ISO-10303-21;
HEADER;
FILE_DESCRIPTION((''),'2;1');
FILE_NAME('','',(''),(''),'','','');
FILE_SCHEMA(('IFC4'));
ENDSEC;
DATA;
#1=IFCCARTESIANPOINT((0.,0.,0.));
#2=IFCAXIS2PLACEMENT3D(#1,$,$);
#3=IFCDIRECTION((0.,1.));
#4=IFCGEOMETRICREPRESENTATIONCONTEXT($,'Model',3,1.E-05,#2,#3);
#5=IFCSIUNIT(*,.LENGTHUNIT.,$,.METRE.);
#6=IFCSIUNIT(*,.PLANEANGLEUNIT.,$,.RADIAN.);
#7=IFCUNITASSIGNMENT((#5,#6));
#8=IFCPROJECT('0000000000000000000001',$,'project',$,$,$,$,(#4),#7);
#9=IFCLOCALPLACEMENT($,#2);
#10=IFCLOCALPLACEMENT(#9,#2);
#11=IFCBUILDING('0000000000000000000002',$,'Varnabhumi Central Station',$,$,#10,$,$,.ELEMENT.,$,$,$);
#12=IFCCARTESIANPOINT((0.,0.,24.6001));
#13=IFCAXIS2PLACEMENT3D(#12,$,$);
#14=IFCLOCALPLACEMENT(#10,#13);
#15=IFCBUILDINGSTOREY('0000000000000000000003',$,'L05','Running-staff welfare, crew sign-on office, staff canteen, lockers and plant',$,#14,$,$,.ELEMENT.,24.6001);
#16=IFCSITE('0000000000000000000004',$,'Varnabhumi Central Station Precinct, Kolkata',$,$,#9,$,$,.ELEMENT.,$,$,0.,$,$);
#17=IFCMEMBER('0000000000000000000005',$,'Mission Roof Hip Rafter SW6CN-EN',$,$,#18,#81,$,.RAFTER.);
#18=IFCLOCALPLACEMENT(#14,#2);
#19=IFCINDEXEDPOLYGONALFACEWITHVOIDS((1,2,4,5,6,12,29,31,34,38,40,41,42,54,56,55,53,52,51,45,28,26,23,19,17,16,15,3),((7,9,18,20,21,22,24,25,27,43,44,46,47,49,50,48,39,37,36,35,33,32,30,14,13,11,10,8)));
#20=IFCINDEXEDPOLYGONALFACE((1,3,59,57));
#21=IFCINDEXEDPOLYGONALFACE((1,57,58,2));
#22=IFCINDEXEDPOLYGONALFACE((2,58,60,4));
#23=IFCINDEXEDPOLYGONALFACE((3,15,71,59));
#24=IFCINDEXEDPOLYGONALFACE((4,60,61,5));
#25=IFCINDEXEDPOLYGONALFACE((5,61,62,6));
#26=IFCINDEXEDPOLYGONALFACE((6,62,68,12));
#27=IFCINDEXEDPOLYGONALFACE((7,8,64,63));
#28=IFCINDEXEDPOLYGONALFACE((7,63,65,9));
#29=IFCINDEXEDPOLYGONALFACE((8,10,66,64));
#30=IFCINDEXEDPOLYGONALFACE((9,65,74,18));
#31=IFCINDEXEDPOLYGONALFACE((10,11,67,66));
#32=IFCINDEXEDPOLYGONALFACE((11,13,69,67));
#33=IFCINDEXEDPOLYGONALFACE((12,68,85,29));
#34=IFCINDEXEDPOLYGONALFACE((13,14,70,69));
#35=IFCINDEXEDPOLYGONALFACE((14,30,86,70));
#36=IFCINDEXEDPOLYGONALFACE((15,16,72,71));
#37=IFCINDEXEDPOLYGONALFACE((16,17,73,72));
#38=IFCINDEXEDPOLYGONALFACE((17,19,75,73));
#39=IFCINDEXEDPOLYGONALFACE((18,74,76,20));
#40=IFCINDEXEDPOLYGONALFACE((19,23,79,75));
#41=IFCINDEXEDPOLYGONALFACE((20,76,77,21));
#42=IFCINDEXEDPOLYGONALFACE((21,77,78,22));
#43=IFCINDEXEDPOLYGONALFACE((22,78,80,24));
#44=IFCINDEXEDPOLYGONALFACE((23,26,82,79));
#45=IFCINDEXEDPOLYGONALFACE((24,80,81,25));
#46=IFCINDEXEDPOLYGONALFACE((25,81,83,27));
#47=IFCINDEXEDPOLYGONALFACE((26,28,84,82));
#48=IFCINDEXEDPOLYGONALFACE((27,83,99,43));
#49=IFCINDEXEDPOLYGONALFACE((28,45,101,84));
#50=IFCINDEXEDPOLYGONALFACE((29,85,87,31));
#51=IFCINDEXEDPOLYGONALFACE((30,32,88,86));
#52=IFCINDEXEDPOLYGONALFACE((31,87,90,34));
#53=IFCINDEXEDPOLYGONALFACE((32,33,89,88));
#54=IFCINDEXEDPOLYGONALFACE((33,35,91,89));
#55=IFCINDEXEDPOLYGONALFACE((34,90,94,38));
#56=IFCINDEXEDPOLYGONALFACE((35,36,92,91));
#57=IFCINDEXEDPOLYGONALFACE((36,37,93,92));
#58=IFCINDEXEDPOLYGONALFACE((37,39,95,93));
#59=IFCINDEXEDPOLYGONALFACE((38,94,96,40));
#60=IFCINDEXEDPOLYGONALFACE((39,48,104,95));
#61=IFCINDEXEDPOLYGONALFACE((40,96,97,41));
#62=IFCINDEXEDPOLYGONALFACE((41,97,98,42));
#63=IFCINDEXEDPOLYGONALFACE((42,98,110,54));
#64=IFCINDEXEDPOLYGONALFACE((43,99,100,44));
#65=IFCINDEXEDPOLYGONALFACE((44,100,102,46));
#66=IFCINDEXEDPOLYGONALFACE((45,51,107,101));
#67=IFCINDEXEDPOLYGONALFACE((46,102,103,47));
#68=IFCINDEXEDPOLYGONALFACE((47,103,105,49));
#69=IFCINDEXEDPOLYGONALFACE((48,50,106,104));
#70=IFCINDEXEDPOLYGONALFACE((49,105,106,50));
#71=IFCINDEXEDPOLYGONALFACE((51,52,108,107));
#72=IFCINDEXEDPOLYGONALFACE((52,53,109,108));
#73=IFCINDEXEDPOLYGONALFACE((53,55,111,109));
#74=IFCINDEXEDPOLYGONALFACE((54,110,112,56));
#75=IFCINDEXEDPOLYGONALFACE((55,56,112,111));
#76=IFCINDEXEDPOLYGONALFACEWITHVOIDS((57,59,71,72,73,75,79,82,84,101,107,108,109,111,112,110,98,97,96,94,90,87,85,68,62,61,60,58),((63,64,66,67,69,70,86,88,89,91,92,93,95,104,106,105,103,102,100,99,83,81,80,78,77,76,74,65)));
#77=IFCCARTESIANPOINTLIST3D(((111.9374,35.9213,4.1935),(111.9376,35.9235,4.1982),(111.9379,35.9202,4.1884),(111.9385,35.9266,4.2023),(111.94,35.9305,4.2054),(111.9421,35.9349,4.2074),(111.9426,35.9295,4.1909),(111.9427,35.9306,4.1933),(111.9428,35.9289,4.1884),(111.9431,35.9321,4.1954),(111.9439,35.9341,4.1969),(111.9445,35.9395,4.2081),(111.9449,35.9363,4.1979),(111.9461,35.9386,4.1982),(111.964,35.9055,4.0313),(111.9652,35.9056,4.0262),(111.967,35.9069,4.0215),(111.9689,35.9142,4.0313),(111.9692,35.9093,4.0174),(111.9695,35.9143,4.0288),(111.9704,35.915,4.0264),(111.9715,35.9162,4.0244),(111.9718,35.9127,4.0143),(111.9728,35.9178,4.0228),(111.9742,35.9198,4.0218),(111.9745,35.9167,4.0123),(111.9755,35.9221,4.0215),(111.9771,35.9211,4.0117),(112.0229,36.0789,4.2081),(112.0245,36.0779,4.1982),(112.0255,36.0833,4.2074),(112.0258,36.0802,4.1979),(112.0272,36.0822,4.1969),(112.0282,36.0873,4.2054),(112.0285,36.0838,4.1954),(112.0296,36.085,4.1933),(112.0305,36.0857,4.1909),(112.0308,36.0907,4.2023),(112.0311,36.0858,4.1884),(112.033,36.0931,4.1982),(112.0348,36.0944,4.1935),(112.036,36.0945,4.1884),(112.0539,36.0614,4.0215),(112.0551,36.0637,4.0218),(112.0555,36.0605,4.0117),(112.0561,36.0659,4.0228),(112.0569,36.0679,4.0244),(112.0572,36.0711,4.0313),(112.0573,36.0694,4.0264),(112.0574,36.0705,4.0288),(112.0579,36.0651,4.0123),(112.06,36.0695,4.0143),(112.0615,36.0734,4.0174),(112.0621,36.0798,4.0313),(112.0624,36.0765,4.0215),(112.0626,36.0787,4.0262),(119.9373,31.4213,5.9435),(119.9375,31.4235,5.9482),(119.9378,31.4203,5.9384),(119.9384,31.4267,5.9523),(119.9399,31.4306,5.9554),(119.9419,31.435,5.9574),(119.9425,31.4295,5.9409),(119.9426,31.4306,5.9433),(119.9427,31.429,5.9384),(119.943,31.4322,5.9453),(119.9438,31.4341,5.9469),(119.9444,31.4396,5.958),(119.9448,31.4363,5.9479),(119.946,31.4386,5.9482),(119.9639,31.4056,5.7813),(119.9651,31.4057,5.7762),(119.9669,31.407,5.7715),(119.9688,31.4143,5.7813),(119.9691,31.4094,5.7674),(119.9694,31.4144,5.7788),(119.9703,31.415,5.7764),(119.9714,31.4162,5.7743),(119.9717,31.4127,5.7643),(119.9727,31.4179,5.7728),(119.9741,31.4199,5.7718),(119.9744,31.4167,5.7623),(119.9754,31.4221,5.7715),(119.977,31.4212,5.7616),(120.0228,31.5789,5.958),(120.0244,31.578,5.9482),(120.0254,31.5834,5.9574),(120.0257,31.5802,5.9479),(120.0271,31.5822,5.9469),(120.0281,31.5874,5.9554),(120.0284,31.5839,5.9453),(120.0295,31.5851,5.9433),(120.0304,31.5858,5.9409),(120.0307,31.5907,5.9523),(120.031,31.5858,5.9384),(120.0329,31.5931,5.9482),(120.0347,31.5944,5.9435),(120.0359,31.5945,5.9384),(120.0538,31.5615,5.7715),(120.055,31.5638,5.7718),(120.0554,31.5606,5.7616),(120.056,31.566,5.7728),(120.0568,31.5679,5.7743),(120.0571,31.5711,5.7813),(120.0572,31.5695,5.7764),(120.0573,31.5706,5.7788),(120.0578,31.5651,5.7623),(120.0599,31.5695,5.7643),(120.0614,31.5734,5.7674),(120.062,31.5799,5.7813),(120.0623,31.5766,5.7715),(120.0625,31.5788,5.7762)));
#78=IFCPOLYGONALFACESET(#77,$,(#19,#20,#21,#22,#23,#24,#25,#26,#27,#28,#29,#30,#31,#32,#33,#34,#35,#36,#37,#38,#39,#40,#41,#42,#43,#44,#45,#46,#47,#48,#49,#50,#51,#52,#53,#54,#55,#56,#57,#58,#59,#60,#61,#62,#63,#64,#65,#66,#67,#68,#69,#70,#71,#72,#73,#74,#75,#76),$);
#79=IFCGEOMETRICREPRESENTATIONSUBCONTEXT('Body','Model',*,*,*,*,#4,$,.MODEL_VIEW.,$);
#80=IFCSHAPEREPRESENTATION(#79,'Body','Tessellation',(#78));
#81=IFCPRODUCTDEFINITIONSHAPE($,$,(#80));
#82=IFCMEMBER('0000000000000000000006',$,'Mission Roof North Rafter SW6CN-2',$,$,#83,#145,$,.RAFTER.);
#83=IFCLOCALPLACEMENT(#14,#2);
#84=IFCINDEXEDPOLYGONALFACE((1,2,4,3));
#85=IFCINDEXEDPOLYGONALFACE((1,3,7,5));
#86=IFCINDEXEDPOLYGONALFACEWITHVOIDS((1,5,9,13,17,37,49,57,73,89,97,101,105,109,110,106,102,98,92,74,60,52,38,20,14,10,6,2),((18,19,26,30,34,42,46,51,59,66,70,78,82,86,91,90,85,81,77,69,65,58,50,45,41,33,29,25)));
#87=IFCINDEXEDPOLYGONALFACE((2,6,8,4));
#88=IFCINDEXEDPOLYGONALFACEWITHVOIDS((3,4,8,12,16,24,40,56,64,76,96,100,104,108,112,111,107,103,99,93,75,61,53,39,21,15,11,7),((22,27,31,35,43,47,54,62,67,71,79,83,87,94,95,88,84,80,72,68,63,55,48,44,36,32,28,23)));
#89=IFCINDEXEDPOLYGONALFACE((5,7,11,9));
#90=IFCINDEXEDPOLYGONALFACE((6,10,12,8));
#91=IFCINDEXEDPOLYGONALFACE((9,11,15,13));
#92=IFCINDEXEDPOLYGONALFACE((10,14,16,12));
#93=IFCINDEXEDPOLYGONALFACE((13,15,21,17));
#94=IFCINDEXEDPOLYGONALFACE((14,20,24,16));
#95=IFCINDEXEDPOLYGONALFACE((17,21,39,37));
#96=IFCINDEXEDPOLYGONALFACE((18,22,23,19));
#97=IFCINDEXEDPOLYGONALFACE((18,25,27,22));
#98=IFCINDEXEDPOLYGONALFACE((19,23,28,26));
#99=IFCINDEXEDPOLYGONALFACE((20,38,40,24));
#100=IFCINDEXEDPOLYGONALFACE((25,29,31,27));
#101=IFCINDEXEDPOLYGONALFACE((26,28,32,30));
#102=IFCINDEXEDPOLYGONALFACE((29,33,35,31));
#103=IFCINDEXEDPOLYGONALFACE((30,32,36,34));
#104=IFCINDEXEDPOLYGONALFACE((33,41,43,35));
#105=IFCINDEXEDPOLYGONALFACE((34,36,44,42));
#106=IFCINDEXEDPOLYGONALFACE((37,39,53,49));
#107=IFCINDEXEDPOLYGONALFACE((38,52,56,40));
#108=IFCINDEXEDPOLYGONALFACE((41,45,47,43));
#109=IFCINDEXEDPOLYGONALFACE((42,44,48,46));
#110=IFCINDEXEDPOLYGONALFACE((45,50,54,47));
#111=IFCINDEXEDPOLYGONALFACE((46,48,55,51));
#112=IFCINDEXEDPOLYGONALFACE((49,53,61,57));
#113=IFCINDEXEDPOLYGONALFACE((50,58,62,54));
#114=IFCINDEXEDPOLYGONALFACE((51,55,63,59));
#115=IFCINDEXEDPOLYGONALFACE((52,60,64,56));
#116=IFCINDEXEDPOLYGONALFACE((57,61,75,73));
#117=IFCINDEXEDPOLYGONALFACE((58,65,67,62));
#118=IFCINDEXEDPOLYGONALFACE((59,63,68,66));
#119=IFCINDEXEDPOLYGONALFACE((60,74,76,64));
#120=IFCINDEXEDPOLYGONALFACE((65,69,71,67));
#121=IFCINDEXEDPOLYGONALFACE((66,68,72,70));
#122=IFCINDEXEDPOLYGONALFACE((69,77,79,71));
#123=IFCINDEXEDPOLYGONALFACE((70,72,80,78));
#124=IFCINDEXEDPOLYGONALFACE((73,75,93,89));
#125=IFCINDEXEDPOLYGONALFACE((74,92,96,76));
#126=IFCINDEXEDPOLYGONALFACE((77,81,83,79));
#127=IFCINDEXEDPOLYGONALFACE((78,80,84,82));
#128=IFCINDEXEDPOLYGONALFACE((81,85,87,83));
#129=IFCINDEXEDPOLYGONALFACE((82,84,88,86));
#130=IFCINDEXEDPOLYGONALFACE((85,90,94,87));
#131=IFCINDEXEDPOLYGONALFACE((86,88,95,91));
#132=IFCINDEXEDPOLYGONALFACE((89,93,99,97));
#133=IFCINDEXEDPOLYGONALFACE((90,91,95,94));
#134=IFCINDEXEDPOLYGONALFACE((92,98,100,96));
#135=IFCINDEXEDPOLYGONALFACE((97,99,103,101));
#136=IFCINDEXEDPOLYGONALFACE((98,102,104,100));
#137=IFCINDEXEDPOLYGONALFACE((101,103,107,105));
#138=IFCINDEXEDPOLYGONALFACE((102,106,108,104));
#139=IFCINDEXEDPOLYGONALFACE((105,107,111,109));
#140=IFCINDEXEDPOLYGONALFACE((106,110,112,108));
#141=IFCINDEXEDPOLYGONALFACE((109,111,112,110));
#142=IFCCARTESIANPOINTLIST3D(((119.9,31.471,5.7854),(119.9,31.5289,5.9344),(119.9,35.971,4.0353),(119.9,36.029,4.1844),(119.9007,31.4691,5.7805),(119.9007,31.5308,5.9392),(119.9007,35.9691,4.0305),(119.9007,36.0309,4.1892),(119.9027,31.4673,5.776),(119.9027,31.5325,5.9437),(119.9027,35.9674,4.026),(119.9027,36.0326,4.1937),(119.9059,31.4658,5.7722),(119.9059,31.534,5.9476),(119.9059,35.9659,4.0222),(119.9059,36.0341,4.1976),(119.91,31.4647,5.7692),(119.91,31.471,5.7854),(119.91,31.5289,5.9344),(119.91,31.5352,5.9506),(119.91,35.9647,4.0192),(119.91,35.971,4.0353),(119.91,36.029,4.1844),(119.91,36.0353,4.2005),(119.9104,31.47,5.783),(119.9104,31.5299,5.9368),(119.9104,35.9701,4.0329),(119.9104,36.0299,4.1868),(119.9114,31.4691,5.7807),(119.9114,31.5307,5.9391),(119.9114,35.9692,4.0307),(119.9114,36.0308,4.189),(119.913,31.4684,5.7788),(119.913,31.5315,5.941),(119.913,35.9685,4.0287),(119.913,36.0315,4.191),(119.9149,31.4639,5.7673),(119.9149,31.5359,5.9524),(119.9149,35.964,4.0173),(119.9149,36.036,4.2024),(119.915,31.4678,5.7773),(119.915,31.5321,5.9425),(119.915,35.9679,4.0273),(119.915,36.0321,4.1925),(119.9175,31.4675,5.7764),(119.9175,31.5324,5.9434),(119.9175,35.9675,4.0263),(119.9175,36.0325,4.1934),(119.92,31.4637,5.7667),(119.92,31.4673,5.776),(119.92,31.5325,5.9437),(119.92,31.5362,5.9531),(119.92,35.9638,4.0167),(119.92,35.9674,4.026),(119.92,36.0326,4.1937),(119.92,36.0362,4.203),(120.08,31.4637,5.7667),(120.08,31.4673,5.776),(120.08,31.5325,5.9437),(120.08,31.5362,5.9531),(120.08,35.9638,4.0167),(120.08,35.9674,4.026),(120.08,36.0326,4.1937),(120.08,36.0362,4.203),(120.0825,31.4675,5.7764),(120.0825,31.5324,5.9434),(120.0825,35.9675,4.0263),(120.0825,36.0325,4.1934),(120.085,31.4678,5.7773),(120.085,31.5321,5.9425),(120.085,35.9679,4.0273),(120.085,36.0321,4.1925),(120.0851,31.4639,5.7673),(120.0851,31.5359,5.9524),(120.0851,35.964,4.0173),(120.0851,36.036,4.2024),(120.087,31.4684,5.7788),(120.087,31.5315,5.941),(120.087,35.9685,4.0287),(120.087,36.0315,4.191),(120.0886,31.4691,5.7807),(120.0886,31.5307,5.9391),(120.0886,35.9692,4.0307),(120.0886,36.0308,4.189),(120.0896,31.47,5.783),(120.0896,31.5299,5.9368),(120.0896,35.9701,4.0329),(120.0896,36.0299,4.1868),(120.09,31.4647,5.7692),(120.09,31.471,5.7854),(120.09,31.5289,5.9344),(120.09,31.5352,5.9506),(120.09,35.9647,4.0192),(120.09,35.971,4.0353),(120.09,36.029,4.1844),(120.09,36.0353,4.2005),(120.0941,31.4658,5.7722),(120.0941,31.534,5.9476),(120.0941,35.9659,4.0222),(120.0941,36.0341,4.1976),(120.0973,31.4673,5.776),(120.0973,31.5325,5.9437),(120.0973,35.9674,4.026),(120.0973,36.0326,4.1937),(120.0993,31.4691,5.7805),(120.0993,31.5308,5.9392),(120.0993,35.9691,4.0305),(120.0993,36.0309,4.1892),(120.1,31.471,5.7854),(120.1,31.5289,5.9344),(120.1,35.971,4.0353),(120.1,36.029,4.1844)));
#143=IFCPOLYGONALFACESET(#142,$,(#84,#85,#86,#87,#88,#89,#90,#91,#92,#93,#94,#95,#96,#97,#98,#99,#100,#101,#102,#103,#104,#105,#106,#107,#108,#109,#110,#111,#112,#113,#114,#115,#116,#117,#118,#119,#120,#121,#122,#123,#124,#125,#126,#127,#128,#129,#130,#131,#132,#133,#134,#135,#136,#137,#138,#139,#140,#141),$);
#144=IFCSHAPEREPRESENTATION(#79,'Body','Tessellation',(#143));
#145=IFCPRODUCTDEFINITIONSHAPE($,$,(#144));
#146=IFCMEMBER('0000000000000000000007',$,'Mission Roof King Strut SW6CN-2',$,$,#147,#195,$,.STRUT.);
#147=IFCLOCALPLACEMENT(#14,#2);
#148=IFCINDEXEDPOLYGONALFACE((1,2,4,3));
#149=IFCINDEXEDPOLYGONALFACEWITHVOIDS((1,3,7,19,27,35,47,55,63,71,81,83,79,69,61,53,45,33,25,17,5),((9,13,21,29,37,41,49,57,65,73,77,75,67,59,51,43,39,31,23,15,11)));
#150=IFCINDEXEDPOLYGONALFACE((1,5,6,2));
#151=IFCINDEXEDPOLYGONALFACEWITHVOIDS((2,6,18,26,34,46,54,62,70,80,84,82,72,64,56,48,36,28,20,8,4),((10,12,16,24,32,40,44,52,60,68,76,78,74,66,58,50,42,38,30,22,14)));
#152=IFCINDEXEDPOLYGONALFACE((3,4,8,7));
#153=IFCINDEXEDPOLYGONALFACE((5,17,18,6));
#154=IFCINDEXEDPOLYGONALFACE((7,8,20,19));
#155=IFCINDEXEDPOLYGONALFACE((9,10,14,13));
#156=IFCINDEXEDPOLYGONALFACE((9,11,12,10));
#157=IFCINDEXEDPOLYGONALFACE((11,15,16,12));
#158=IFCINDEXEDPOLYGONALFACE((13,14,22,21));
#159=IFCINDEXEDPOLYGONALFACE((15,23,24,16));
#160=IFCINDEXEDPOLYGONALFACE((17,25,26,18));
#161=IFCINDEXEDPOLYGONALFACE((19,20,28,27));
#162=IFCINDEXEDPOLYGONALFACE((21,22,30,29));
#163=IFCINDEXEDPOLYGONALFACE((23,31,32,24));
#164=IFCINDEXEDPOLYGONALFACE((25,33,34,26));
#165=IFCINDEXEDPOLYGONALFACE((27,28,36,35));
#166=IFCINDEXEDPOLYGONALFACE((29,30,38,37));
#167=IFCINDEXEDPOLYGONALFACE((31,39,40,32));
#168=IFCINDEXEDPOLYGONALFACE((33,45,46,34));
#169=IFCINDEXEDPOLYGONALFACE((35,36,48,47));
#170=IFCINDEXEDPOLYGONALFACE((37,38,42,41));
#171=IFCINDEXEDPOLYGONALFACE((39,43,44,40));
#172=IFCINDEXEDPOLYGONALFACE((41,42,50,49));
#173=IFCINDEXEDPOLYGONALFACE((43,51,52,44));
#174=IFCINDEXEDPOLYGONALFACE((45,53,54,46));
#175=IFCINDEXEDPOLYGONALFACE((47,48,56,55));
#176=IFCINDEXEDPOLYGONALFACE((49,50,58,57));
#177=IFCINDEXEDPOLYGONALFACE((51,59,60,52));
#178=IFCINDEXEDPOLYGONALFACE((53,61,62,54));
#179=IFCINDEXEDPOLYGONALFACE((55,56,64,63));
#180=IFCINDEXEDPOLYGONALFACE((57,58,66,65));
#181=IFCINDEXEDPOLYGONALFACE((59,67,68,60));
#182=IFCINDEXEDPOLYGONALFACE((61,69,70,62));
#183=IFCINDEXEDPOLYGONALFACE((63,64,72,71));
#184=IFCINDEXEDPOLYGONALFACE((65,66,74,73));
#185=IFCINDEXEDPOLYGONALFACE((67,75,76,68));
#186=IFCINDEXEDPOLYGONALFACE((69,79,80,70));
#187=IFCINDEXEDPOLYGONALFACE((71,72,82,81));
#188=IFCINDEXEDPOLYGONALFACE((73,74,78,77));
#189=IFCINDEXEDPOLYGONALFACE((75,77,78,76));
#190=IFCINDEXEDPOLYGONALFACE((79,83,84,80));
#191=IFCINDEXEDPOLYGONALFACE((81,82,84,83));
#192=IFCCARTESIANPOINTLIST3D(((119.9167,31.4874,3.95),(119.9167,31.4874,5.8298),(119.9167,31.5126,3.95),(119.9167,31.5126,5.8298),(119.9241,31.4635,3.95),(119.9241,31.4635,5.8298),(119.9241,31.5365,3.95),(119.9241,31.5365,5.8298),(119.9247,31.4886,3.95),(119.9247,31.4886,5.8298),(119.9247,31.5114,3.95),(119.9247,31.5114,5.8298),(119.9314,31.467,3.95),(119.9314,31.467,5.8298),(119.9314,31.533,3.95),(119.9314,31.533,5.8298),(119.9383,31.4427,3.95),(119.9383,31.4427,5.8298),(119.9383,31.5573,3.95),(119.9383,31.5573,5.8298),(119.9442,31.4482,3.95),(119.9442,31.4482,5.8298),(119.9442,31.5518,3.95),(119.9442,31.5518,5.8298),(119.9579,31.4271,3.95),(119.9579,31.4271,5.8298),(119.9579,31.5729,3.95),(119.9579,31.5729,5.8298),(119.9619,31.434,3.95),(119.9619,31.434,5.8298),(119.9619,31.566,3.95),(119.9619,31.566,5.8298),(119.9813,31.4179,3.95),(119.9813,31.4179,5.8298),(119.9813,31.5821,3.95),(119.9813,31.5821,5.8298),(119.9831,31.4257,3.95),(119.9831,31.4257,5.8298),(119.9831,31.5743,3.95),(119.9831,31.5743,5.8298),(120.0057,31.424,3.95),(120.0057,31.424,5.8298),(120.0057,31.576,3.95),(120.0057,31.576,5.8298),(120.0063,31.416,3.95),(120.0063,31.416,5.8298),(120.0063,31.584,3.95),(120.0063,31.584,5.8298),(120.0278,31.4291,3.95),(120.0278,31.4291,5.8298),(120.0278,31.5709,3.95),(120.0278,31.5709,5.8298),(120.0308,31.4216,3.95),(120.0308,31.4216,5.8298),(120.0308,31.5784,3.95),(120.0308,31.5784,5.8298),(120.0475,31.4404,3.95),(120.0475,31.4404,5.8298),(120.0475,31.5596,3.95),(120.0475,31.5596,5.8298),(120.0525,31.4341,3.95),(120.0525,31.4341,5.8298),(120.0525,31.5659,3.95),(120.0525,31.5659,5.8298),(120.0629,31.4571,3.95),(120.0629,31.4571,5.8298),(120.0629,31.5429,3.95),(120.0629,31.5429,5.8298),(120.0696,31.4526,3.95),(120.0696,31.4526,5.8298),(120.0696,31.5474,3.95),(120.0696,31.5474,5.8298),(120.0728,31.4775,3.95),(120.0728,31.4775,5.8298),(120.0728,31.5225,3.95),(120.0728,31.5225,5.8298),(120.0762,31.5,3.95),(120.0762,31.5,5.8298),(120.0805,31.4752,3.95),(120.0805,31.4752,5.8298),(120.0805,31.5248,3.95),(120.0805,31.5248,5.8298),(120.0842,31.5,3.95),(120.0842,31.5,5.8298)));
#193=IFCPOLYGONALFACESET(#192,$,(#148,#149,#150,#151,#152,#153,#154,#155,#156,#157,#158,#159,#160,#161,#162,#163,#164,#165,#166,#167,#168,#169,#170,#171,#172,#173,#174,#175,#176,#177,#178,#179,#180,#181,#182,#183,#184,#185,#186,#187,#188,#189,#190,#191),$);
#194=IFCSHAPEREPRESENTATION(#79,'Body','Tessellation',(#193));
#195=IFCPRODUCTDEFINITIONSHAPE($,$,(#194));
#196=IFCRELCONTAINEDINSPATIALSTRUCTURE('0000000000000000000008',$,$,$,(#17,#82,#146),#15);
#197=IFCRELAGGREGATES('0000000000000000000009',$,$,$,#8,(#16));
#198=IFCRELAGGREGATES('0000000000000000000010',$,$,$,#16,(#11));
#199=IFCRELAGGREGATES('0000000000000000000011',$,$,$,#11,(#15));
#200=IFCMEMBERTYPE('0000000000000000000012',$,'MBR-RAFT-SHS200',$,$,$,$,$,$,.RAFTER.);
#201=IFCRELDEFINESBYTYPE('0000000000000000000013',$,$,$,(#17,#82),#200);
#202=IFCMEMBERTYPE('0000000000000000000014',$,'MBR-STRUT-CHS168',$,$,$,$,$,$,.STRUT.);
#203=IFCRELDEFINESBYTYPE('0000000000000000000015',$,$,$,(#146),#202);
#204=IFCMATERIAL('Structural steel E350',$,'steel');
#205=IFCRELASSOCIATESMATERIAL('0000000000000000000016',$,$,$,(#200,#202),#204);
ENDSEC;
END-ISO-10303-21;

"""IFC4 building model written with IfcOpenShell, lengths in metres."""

from ifc_helpers import new_model, si_unit, direction, frame, origin, origin_2d, place, context, subcontext, project, spatial, hollow_rectangle, hollow_circle, extrude, material, material_profile, profile_set, type_object, element, save


model = new_model("IFC4")

# Units and contexts
model_context = context("Model", 3, precision=1e-05, world=origin(), true_north=direction((0.0, 1.0)))
body_context = subcontext(model_context, "Body", "Model", "MODEL_VIEW")
ifc_project = project(units=[si_unit("LENGTHUNIT", "METRE"), si_unit("PLANEANGLEUNIT", "RADIAN")], contexts=[model_context])

# Site, building, storey
site_placement = place(None, origin())
site = spatial("IfcSite", under=ifc_project, at=site_placement, Name="Varnabhumi Central Station Precinct, Kolkata", CompositionType="ELEMENT", RefElevation=0.0)
building_placement = place(site_placement, origin())
building = spatial("IfcBuilding", under=site, at=building_placement, Name="Varnabhumi Central Station", CompositionType="ELEMENT")
storey_placement = place(building_placement, frame((0.0, 0.0, 24.6001)))
storey = spatial("IfcBuildingStorey", under=building, at=storey_placement, Name="L05", Description="Running-staff welfare, crew sign-on office, staff canteen, lockers and plant", CompositionType="ELEMENT", Elevation=24.6001)

# Shared definitions
ifc_material_1 = material(Name="Structural steel E350", Category="steel")

# Members
ifc_material_profile_1 = material_profile(ifc_material_1, hollow_rectangle(XDim=0.2, YDim=0.2, WallThickness=0.01, InnerFilletRadius=0.01, OuterFilletRadius=0.02, at=origin_2d()), Name="Structural steel E350", Category="steel")
ifc_profile_set_1 = profile_set([ifc_material_profile_1], Name="Structural steel E350")
member_type_1 = type_object("IfcMemberType", Name="MBR-RAFT-SHS200", PredefinedType="RAFTER", material=ifc_profile_set_1)
member_1_placement = place(storey_placement, frame((112.0, 36.0, 4.1099), z_axis=(0.856154, -0.481586, 0.187284), x_axis=(0.490261, 0.871576, 0.0)))
element("IfcMember", 1, at=member_1_placement, inside=storey, type_object=member_type_1, Name="Mission Roof Hip Rafter SW6CN-EN", PredefinedType="RAFTER", context=body_context, shape_type="SweptSolid", body=[
    extrude(hollow_rectangle(XDim=0.2, YDim=0.2, WallThickness=0.01, InnerFilletRadius=0.01, OuterFilletRadius=0.02, at=origin_2d()), origin(), (0.0, 0.0, 1.0), 9.344),
])
member_2_placement = place(storey_placement, frame((120.0, 36.0, 4.1099), z_axis=(0.0, -0.932005, 0.362446), x_axis=(1.0, 0.0, 0.0)))
element("IfcMember", 2, at=member_2_placement, inside=storey, type_object=member_type_1, Name="Mission Roof North Rafter SW6CN-2", PredefinedType="RAFTER", context=body_context, shape_type="SweptSolid", body=[
    extrude(hollow_rectangle(XDim=0.2, YDim=0.2, WallThickness=0.01, InnerFilletRadius=0.01, OuterFilletRadius=0.02, at=origin_2d()), origin(), (0.0, 0.0, 1.0), 4.8284),
])
ifc_material_profile_2 = material_profile(ifc_material_1, hollow_circle(Radius=0.0842, WallThickness=0.0081, at=origin_2d()), Name="Structural steel E350", Category="steel")
ifc_profile_set_2 = profile_set([ifc_material_profile_2], Name="Structural steel E350")
member_type_2 = type_object("IfcMemberType", Name="MBR-STRUT-CHS168", PredefinedType="STRUT", material=ifc_profile_set_2)
for number, where, z_axis, x_axis, name in (
    (3, (120.0, 31.5, 3.95), (0.0, 0.0, 1.0), (1.0, 0.0, 0.0), "Mission Roof King Strut SW6CN-2"),
):
    element("IfcMember", number, at=place(storey_placement, frame(where, z_axis=z_axis, x_axis=x_axis)), inside=storey, type_object=member_type_2, Name=name, PredefinedType="STRUT", context=body_context, shape_type="SweptSolid", body=[
        extrude(hollow_circle(Radius=0.0842, WallThickness=0.0081, at=origin_2d()), origin(), (0.0, 0.0, 1.0), 1.8799),
    ])

save(model, "model.ifc")
